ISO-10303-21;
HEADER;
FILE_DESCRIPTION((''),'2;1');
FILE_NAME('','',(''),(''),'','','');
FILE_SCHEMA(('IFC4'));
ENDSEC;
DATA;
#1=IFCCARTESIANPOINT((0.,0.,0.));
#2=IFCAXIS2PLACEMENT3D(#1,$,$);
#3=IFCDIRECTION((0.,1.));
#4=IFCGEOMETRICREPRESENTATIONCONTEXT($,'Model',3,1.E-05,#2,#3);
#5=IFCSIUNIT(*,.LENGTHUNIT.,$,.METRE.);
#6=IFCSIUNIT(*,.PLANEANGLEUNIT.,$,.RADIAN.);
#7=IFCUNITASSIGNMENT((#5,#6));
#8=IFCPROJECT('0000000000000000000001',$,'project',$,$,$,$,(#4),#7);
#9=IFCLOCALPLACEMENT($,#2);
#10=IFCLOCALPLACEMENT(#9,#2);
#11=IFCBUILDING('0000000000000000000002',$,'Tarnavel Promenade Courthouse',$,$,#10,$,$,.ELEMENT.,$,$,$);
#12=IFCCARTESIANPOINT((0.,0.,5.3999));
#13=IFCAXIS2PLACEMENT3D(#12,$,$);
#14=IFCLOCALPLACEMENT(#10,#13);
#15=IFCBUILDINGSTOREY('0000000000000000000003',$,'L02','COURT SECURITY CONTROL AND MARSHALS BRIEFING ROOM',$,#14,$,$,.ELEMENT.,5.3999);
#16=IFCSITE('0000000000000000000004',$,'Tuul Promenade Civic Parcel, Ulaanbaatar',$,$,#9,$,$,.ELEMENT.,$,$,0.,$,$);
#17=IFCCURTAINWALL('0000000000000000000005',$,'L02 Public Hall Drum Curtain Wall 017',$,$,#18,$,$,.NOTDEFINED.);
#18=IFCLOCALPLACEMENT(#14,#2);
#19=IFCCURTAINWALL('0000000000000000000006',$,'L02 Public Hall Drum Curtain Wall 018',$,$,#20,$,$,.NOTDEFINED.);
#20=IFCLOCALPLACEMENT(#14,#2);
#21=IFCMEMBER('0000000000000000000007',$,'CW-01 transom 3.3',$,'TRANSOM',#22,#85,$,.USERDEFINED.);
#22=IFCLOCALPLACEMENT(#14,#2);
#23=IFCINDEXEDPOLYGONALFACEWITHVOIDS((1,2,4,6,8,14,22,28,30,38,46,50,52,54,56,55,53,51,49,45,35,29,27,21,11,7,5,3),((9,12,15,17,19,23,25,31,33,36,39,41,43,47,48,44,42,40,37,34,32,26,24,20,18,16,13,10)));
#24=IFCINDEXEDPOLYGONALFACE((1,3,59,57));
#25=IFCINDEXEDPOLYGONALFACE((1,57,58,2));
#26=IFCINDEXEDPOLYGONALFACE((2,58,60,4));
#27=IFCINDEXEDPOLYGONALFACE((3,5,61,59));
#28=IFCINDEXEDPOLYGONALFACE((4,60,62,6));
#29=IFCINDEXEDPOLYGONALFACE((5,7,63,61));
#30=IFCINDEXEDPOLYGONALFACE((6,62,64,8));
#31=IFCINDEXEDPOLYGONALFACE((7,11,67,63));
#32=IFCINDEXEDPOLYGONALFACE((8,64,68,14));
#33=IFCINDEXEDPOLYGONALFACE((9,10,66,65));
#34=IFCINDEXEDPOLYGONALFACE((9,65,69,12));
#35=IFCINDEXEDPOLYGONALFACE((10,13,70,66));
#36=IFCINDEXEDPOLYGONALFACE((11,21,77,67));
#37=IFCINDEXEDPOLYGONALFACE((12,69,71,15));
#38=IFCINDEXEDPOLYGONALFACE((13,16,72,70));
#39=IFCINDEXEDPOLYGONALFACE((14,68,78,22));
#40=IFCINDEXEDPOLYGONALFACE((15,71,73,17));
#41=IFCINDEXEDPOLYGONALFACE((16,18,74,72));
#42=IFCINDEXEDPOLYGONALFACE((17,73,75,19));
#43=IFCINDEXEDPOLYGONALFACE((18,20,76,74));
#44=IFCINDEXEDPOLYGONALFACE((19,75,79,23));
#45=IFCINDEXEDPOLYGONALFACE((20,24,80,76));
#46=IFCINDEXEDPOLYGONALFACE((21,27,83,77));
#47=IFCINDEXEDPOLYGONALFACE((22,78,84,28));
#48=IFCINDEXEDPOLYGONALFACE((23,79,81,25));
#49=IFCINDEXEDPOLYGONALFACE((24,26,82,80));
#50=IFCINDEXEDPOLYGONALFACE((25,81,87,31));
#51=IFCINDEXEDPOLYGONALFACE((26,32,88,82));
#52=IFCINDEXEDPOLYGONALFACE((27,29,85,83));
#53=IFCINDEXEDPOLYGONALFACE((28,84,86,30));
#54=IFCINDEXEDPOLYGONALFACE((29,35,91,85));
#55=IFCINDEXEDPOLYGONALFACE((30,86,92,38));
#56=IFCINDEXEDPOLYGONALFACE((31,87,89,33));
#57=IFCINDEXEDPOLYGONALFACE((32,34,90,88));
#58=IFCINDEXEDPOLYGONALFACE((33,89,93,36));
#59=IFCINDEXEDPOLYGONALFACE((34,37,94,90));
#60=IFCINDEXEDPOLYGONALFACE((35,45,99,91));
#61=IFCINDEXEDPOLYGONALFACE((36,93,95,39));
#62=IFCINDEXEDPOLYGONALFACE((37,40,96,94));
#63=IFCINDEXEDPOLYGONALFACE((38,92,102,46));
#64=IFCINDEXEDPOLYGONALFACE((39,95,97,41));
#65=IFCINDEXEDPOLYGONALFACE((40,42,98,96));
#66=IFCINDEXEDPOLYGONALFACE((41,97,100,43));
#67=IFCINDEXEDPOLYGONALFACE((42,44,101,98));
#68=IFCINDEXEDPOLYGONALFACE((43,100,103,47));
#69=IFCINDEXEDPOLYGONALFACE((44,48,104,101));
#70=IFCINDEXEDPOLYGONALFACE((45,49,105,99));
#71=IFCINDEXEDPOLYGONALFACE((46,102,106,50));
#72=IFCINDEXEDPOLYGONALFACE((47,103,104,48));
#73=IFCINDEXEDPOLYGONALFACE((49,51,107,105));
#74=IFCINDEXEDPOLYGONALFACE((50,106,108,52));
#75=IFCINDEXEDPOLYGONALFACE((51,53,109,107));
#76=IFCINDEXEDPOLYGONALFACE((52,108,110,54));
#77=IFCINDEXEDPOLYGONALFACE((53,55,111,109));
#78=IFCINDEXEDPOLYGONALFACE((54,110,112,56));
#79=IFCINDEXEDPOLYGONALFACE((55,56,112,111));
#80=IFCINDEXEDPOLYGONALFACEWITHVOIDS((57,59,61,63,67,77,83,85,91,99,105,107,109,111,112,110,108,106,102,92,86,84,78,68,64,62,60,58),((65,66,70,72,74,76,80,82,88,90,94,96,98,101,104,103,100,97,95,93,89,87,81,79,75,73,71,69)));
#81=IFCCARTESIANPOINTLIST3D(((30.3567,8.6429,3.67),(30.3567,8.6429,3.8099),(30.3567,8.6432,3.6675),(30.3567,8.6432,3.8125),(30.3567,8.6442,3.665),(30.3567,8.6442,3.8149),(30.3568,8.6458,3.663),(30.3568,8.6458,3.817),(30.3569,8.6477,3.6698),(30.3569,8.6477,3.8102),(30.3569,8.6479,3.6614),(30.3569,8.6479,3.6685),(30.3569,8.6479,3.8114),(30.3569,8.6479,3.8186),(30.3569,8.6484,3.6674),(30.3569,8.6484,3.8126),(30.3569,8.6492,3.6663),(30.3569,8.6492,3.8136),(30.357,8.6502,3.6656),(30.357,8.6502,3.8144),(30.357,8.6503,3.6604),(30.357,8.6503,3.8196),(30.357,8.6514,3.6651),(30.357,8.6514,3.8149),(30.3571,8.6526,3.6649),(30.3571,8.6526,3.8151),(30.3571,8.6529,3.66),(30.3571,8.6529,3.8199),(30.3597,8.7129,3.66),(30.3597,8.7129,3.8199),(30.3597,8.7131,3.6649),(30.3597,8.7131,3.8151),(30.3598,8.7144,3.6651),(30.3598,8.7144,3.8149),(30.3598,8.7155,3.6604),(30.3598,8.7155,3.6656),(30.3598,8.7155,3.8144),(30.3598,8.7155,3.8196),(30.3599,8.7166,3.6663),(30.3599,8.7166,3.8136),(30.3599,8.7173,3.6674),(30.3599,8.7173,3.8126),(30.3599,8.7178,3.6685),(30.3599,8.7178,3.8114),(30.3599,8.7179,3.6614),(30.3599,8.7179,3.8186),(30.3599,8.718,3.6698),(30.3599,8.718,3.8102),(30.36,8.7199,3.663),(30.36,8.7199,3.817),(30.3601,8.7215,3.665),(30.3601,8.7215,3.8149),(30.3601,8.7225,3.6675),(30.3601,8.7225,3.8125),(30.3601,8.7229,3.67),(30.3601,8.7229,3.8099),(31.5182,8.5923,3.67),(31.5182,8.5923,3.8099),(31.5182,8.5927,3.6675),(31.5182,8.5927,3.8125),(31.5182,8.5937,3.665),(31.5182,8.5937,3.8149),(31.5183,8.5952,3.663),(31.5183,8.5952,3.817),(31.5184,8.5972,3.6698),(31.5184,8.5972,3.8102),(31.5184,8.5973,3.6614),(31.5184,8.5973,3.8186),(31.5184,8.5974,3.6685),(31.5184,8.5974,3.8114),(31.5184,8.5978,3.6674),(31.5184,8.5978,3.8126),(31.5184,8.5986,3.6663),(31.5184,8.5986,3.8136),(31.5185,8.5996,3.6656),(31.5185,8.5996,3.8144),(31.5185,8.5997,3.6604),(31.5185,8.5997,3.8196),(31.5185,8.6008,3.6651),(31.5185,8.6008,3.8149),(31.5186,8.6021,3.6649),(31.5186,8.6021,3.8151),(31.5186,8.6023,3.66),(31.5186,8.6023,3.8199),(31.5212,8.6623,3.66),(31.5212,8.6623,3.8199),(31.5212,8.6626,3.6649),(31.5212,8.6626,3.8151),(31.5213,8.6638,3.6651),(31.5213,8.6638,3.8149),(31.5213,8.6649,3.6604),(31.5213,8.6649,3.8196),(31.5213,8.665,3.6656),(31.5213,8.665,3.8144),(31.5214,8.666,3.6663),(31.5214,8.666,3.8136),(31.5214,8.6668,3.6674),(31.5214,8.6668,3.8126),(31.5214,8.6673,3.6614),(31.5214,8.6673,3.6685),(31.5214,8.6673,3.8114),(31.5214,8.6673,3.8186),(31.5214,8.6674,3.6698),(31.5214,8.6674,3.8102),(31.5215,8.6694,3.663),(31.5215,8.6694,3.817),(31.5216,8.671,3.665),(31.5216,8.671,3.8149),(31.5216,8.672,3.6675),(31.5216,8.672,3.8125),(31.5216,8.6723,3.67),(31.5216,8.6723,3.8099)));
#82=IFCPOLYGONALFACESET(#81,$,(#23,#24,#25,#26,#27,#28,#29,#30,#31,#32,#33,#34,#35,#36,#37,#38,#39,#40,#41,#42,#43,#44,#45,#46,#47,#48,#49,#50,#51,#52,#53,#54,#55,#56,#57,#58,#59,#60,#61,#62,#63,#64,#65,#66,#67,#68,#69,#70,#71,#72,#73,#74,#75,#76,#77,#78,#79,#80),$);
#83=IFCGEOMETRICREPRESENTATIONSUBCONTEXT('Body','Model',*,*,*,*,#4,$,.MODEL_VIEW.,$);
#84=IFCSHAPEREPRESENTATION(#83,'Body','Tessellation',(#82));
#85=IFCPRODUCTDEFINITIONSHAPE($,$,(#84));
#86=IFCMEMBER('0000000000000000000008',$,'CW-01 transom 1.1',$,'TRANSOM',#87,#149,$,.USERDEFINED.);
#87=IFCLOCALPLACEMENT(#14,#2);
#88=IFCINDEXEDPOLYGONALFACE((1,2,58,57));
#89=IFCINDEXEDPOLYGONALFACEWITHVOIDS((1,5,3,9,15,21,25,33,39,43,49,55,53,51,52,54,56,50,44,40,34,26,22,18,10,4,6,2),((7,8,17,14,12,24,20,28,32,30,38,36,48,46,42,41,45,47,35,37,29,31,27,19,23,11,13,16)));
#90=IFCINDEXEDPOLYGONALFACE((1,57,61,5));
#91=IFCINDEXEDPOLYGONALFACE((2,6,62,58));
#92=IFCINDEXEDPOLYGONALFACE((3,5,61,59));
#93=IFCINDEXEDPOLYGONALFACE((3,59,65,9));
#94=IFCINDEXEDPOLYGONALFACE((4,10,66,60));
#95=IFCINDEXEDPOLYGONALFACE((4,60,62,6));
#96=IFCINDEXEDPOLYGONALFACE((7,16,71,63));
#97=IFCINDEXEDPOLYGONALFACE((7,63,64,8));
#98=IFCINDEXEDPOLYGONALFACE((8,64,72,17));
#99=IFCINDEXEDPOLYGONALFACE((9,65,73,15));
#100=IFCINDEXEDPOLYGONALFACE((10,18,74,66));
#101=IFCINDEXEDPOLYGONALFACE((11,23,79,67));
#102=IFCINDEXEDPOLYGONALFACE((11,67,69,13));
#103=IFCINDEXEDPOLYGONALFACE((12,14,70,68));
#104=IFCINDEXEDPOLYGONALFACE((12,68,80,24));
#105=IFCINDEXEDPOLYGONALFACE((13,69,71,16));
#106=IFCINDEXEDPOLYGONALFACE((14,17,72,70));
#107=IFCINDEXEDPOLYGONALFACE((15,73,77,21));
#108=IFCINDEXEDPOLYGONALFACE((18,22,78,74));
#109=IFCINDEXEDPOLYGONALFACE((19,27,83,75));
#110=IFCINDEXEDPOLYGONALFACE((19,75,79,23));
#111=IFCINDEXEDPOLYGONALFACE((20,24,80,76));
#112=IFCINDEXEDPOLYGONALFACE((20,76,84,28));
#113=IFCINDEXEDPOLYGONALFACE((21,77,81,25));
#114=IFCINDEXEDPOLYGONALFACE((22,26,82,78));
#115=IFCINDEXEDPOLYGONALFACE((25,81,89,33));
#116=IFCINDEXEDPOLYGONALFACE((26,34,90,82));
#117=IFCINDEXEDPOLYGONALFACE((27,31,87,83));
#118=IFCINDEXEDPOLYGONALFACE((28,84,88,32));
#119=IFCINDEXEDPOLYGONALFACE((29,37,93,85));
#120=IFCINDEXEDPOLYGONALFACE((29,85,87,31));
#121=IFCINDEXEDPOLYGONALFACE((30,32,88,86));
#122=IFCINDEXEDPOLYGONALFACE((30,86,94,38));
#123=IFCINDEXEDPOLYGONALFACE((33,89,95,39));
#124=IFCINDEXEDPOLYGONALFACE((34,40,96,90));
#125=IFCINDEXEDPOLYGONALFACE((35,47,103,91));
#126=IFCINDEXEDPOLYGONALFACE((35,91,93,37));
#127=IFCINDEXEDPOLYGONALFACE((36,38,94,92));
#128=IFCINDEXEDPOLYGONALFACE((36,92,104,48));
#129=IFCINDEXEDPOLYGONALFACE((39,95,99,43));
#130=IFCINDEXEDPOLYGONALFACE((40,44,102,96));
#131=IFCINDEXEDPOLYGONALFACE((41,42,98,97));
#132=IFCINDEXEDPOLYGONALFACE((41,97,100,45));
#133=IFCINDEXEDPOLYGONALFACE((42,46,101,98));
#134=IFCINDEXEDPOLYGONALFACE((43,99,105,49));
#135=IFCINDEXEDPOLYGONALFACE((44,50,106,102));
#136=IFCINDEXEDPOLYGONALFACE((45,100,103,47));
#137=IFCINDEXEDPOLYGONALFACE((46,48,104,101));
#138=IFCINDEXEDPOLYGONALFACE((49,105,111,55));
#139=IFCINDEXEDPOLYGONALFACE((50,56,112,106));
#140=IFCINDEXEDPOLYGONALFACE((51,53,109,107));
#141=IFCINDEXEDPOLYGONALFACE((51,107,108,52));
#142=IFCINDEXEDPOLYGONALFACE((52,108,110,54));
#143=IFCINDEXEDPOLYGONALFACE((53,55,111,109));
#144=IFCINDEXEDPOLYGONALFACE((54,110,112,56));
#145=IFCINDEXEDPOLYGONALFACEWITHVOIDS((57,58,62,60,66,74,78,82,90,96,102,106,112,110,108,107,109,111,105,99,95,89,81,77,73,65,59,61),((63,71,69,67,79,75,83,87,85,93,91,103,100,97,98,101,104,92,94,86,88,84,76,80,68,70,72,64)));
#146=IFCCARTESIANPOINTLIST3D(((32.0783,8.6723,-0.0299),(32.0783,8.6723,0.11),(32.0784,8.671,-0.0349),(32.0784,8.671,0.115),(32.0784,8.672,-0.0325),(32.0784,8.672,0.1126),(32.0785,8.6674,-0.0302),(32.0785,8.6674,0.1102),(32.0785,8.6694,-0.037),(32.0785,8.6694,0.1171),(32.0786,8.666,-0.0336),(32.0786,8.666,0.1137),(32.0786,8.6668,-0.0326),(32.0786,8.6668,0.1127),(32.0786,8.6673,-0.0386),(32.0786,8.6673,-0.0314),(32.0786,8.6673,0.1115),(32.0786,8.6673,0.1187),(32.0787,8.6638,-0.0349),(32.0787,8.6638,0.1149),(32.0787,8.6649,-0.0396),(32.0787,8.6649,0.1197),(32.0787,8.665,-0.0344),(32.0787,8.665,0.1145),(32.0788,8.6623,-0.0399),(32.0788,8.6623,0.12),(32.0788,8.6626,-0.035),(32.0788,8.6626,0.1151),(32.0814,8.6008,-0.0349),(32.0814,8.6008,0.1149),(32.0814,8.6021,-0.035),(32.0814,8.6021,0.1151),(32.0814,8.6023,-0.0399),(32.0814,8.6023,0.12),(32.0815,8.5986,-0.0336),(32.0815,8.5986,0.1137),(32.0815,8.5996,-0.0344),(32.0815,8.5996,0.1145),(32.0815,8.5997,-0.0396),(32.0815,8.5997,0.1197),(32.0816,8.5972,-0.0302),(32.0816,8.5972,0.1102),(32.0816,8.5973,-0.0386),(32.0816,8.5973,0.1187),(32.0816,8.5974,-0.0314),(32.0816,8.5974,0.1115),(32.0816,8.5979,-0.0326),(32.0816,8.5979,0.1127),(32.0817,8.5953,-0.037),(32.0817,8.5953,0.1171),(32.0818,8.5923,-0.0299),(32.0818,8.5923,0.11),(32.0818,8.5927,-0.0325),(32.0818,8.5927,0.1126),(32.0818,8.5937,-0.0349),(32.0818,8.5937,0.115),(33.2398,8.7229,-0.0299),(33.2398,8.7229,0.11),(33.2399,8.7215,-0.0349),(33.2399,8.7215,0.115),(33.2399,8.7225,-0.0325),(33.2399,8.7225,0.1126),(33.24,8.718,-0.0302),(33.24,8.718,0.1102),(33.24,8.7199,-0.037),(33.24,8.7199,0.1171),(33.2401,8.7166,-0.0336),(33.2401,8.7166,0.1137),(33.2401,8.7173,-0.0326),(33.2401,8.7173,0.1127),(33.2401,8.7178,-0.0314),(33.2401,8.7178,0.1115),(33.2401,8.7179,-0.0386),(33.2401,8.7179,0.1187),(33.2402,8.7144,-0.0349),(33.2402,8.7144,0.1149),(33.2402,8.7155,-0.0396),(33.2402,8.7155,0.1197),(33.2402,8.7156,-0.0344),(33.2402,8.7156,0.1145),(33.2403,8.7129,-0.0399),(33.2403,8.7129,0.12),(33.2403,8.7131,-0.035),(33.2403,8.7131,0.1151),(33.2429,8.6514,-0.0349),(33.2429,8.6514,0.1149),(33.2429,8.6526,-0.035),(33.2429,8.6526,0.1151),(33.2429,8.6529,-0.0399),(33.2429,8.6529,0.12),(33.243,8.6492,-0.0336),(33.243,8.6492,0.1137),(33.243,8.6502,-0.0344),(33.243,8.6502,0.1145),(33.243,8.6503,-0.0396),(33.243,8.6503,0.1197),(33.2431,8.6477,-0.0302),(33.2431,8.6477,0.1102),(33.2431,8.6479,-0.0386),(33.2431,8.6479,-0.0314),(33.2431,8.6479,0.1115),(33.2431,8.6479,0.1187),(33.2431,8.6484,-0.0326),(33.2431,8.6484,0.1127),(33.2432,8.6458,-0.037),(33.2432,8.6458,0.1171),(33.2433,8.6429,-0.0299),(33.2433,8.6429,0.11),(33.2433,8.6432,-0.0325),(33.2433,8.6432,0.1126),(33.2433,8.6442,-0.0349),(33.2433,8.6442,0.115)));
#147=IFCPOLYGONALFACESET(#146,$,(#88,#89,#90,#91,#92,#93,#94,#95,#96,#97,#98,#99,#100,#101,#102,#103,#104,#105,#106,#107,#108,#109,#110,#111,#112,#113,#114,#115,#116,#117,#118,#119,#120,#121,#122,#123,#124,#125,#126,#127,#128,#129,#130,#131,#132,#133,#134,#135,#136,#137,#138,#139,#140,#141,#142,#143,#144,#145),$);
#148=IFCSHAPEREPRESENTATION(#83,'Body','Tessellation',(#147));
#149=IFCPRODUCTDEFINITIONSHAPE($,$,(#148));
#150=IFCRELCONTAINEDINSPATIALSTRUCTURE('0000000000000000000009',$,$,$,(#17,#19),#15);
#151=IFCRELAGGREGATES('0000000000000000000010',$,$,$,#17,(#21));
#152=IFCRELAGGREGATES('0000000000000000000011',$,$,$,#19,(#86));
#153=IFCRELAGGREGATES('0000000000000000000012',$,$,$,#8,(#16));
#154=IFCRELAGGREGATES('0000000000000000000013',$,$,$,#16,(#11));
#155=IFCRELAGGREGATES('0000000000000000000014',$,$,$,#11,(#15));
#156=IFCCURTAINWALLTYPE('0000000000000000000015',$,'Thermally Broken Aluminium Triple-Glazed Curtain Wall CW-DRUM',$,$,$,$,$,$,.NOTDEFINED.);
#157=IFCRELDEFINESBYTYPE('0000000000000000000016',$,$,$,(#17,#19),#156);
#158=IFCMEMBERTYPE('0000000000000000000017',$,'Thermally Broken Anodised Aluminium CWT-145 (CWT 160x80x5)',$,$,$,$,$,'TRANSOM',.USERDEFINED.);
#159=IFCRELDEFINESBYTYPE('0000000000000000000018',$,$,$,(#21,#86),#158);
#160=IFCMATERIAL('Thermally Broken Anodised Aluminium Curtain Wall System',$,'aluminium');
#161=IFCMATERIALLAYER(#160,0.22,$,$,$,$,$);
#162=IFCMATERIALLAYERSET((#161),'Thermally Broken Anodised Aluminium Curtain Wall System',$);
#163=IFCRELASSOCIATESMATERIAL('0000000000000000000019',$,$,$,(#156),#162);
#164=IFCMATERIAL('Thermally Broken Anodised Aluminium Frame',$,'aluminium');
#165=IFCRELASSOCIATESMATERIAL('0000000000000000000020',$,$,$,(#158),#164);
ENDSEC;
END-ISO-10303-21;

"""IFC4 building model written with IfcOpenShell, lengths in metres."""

from ifc_helpers import new_model, si_unit, direction, frame, origin, origin_2d, place, context, subcontext, project, spatial, hollow_rectangle, extrude, material, layer, layer_set, material_profile, profile_set, type_object, element, aggregate, save


model = new_model("IFC4")

# Units and contexts
model_context = context("Model", 3, precision=1e-05, world=origin(), true_north=direction((0.0, 1.0)))
body_context = subcontext(model_context, "Body", "Model", "MODEL_VIEW")
ifc_project = project(units=[si_unit("LENGTHUNIT", "METRE"), si_unit("PLANEANGLEUNIT", "RADIAN")], contexts=[model_context])

# Site, building, storey
site_placement = place(None, origin())
site = spatial("IfcSite", under=ifc_project, at=site_placement, Name="Tuul Promenade Civic Parcel, Ulaanbaatar", CompositionType="ELEMENT", RefElevation=0.0)
building_placement = place(site_placement, origin())
building = spatial("IfcBuilding", under=site, at=building_placement, Name="Tarnavel Promenade Courthouse", CompositionType="ELEMENT")
storey_placement = place(building_placement, frame((0.0, 0.0, 5.3999)))
storey = spatial("IfcBuildingStorey", under=building, at=storey_placement, Name="L02", Description="COURT SECURITY CONTROL AND MARSHALS BRIEFING ROOM", CompositionType="ELEMENT", Elevation=5.3999)

# Shared definitions
ifc_material_1 = material(Name="Thermally Broken Anodised Aluminium Curtain Wall System", Category="aluminium")
ifc_layer_1 = layer(ifc_material_1, 0.22)
ifc_layer_set_1 = layer_set([ifc_layer_1], Name="Thermally Broken Anodised Aluminium Curtain Wall System")
curtain_wall_type = type_object("IfcCurtainWallType", Name="Thermally Broken Aluminium Triple-Glazed Curtain Wall CW-DRUM", PredefinedType="NOTDEFINED", material=ifc_layer_set_1)
ifc_material_2 = material(Name="Thermally Broken Anodised Aluminium Frame", Category="aluminium")

# Curtain walls
curtain_wall_1_placement = place(storey_placement, origin())
curtain_wall_1 = element("IfcCurtainWall", 1, at=curtain_wall_1_placement, inside=storey, type_object=curtain_wall_type, Name="L02 Public Hall Drum Curtain Wall 017", PredefinedType="NOTDEFINED")
curtain_wall_2_placement = place(storey_placement, origin())
curtain_wall_2 = element("IfcCurtainWall", 2, at=curtain_wall_2_placement, inside=storey, type_object=curtain_wall_type, Name="L02 Public Hall Drum Curtain Wall 018", PredefinedType="NOTDEFINED")

# Members
ifc_material_profile_1 = material_profile(ifc_material_2, hollow_rectangle(XDim=0.0801, YDim=0.1599, WallThickness=0.0049, InnerFilletRadius=0.0049, OuterFilletRadius=0.01, at=origin_2d()), Name="CWT 160x80x5")
ifc_profile_set_1 = profile_set([ifc_material_profile_1], Name="Thermally Broken Anodised Aluminium Frame")
member_type_1 = type_object("IfcMemberType", Name="Thermally Broken Anodised Aluminium CWT-145 (CWT 160x80x5)", ElementType="TRANSOM", PredefinedType="USERDEFINED", material=ifc_profile_set_1)
member_1_placement = place(storey_placement, frame((30.3584, 8.6829, 3.74), z_axis=(0.999055, -0.043474, 0.0), x_axis=(0.043474, 0.999055, 0.0)))
member_1 = element("IfcMember", 3, at=member_1_placement, type_object=member_type_1, Name="CW-01 transom 3.3", ObjectType="TRANSOM", PredefinedType="USERDEFINED", context=body_context, shape_type="SweptSolid", body=[
    extrude(hollow_rectangle(XDim=0.0801, YDim=0.1599, WallThickness=0.0049, InnerFilletRadius=0.0049, OuterFilletRadius=0.01, at=origin_2d()), origin(), (0.0, 0.0, 1.0), 1.1626),
])
member_2_placement = place(storey_placement, frame((32.0801, 8.6323, 0.04), z_axis=(0.999055, 0.043474, 0.0), x_axis=(-0.043474, 0.999055, 0.0)))
member_2 = element("IfcMember", 4, at=member_2_placement, type_object=member_type_1, Name="CW-01 transom 1.1", ObjectType="TRANSOM", PredefinedType="USERDEFINED", context=body_context, shape_type="SweptSolid", body=[
    extrude(hollow_rectangle(XDim=0.0801, YDim=0.1599, WallThickness=0.0049, InnerFilletRadius=0.0049, OuterFilletRadius=0.01, at=origin_2d()), origin(), (0.0, 0.0, 1.0), 1.1626),
])

aggregate(curtain_wall_1, [member_1])
aggregate(curtain_wall_2, [member_2])

save(model, "model.ifc")
